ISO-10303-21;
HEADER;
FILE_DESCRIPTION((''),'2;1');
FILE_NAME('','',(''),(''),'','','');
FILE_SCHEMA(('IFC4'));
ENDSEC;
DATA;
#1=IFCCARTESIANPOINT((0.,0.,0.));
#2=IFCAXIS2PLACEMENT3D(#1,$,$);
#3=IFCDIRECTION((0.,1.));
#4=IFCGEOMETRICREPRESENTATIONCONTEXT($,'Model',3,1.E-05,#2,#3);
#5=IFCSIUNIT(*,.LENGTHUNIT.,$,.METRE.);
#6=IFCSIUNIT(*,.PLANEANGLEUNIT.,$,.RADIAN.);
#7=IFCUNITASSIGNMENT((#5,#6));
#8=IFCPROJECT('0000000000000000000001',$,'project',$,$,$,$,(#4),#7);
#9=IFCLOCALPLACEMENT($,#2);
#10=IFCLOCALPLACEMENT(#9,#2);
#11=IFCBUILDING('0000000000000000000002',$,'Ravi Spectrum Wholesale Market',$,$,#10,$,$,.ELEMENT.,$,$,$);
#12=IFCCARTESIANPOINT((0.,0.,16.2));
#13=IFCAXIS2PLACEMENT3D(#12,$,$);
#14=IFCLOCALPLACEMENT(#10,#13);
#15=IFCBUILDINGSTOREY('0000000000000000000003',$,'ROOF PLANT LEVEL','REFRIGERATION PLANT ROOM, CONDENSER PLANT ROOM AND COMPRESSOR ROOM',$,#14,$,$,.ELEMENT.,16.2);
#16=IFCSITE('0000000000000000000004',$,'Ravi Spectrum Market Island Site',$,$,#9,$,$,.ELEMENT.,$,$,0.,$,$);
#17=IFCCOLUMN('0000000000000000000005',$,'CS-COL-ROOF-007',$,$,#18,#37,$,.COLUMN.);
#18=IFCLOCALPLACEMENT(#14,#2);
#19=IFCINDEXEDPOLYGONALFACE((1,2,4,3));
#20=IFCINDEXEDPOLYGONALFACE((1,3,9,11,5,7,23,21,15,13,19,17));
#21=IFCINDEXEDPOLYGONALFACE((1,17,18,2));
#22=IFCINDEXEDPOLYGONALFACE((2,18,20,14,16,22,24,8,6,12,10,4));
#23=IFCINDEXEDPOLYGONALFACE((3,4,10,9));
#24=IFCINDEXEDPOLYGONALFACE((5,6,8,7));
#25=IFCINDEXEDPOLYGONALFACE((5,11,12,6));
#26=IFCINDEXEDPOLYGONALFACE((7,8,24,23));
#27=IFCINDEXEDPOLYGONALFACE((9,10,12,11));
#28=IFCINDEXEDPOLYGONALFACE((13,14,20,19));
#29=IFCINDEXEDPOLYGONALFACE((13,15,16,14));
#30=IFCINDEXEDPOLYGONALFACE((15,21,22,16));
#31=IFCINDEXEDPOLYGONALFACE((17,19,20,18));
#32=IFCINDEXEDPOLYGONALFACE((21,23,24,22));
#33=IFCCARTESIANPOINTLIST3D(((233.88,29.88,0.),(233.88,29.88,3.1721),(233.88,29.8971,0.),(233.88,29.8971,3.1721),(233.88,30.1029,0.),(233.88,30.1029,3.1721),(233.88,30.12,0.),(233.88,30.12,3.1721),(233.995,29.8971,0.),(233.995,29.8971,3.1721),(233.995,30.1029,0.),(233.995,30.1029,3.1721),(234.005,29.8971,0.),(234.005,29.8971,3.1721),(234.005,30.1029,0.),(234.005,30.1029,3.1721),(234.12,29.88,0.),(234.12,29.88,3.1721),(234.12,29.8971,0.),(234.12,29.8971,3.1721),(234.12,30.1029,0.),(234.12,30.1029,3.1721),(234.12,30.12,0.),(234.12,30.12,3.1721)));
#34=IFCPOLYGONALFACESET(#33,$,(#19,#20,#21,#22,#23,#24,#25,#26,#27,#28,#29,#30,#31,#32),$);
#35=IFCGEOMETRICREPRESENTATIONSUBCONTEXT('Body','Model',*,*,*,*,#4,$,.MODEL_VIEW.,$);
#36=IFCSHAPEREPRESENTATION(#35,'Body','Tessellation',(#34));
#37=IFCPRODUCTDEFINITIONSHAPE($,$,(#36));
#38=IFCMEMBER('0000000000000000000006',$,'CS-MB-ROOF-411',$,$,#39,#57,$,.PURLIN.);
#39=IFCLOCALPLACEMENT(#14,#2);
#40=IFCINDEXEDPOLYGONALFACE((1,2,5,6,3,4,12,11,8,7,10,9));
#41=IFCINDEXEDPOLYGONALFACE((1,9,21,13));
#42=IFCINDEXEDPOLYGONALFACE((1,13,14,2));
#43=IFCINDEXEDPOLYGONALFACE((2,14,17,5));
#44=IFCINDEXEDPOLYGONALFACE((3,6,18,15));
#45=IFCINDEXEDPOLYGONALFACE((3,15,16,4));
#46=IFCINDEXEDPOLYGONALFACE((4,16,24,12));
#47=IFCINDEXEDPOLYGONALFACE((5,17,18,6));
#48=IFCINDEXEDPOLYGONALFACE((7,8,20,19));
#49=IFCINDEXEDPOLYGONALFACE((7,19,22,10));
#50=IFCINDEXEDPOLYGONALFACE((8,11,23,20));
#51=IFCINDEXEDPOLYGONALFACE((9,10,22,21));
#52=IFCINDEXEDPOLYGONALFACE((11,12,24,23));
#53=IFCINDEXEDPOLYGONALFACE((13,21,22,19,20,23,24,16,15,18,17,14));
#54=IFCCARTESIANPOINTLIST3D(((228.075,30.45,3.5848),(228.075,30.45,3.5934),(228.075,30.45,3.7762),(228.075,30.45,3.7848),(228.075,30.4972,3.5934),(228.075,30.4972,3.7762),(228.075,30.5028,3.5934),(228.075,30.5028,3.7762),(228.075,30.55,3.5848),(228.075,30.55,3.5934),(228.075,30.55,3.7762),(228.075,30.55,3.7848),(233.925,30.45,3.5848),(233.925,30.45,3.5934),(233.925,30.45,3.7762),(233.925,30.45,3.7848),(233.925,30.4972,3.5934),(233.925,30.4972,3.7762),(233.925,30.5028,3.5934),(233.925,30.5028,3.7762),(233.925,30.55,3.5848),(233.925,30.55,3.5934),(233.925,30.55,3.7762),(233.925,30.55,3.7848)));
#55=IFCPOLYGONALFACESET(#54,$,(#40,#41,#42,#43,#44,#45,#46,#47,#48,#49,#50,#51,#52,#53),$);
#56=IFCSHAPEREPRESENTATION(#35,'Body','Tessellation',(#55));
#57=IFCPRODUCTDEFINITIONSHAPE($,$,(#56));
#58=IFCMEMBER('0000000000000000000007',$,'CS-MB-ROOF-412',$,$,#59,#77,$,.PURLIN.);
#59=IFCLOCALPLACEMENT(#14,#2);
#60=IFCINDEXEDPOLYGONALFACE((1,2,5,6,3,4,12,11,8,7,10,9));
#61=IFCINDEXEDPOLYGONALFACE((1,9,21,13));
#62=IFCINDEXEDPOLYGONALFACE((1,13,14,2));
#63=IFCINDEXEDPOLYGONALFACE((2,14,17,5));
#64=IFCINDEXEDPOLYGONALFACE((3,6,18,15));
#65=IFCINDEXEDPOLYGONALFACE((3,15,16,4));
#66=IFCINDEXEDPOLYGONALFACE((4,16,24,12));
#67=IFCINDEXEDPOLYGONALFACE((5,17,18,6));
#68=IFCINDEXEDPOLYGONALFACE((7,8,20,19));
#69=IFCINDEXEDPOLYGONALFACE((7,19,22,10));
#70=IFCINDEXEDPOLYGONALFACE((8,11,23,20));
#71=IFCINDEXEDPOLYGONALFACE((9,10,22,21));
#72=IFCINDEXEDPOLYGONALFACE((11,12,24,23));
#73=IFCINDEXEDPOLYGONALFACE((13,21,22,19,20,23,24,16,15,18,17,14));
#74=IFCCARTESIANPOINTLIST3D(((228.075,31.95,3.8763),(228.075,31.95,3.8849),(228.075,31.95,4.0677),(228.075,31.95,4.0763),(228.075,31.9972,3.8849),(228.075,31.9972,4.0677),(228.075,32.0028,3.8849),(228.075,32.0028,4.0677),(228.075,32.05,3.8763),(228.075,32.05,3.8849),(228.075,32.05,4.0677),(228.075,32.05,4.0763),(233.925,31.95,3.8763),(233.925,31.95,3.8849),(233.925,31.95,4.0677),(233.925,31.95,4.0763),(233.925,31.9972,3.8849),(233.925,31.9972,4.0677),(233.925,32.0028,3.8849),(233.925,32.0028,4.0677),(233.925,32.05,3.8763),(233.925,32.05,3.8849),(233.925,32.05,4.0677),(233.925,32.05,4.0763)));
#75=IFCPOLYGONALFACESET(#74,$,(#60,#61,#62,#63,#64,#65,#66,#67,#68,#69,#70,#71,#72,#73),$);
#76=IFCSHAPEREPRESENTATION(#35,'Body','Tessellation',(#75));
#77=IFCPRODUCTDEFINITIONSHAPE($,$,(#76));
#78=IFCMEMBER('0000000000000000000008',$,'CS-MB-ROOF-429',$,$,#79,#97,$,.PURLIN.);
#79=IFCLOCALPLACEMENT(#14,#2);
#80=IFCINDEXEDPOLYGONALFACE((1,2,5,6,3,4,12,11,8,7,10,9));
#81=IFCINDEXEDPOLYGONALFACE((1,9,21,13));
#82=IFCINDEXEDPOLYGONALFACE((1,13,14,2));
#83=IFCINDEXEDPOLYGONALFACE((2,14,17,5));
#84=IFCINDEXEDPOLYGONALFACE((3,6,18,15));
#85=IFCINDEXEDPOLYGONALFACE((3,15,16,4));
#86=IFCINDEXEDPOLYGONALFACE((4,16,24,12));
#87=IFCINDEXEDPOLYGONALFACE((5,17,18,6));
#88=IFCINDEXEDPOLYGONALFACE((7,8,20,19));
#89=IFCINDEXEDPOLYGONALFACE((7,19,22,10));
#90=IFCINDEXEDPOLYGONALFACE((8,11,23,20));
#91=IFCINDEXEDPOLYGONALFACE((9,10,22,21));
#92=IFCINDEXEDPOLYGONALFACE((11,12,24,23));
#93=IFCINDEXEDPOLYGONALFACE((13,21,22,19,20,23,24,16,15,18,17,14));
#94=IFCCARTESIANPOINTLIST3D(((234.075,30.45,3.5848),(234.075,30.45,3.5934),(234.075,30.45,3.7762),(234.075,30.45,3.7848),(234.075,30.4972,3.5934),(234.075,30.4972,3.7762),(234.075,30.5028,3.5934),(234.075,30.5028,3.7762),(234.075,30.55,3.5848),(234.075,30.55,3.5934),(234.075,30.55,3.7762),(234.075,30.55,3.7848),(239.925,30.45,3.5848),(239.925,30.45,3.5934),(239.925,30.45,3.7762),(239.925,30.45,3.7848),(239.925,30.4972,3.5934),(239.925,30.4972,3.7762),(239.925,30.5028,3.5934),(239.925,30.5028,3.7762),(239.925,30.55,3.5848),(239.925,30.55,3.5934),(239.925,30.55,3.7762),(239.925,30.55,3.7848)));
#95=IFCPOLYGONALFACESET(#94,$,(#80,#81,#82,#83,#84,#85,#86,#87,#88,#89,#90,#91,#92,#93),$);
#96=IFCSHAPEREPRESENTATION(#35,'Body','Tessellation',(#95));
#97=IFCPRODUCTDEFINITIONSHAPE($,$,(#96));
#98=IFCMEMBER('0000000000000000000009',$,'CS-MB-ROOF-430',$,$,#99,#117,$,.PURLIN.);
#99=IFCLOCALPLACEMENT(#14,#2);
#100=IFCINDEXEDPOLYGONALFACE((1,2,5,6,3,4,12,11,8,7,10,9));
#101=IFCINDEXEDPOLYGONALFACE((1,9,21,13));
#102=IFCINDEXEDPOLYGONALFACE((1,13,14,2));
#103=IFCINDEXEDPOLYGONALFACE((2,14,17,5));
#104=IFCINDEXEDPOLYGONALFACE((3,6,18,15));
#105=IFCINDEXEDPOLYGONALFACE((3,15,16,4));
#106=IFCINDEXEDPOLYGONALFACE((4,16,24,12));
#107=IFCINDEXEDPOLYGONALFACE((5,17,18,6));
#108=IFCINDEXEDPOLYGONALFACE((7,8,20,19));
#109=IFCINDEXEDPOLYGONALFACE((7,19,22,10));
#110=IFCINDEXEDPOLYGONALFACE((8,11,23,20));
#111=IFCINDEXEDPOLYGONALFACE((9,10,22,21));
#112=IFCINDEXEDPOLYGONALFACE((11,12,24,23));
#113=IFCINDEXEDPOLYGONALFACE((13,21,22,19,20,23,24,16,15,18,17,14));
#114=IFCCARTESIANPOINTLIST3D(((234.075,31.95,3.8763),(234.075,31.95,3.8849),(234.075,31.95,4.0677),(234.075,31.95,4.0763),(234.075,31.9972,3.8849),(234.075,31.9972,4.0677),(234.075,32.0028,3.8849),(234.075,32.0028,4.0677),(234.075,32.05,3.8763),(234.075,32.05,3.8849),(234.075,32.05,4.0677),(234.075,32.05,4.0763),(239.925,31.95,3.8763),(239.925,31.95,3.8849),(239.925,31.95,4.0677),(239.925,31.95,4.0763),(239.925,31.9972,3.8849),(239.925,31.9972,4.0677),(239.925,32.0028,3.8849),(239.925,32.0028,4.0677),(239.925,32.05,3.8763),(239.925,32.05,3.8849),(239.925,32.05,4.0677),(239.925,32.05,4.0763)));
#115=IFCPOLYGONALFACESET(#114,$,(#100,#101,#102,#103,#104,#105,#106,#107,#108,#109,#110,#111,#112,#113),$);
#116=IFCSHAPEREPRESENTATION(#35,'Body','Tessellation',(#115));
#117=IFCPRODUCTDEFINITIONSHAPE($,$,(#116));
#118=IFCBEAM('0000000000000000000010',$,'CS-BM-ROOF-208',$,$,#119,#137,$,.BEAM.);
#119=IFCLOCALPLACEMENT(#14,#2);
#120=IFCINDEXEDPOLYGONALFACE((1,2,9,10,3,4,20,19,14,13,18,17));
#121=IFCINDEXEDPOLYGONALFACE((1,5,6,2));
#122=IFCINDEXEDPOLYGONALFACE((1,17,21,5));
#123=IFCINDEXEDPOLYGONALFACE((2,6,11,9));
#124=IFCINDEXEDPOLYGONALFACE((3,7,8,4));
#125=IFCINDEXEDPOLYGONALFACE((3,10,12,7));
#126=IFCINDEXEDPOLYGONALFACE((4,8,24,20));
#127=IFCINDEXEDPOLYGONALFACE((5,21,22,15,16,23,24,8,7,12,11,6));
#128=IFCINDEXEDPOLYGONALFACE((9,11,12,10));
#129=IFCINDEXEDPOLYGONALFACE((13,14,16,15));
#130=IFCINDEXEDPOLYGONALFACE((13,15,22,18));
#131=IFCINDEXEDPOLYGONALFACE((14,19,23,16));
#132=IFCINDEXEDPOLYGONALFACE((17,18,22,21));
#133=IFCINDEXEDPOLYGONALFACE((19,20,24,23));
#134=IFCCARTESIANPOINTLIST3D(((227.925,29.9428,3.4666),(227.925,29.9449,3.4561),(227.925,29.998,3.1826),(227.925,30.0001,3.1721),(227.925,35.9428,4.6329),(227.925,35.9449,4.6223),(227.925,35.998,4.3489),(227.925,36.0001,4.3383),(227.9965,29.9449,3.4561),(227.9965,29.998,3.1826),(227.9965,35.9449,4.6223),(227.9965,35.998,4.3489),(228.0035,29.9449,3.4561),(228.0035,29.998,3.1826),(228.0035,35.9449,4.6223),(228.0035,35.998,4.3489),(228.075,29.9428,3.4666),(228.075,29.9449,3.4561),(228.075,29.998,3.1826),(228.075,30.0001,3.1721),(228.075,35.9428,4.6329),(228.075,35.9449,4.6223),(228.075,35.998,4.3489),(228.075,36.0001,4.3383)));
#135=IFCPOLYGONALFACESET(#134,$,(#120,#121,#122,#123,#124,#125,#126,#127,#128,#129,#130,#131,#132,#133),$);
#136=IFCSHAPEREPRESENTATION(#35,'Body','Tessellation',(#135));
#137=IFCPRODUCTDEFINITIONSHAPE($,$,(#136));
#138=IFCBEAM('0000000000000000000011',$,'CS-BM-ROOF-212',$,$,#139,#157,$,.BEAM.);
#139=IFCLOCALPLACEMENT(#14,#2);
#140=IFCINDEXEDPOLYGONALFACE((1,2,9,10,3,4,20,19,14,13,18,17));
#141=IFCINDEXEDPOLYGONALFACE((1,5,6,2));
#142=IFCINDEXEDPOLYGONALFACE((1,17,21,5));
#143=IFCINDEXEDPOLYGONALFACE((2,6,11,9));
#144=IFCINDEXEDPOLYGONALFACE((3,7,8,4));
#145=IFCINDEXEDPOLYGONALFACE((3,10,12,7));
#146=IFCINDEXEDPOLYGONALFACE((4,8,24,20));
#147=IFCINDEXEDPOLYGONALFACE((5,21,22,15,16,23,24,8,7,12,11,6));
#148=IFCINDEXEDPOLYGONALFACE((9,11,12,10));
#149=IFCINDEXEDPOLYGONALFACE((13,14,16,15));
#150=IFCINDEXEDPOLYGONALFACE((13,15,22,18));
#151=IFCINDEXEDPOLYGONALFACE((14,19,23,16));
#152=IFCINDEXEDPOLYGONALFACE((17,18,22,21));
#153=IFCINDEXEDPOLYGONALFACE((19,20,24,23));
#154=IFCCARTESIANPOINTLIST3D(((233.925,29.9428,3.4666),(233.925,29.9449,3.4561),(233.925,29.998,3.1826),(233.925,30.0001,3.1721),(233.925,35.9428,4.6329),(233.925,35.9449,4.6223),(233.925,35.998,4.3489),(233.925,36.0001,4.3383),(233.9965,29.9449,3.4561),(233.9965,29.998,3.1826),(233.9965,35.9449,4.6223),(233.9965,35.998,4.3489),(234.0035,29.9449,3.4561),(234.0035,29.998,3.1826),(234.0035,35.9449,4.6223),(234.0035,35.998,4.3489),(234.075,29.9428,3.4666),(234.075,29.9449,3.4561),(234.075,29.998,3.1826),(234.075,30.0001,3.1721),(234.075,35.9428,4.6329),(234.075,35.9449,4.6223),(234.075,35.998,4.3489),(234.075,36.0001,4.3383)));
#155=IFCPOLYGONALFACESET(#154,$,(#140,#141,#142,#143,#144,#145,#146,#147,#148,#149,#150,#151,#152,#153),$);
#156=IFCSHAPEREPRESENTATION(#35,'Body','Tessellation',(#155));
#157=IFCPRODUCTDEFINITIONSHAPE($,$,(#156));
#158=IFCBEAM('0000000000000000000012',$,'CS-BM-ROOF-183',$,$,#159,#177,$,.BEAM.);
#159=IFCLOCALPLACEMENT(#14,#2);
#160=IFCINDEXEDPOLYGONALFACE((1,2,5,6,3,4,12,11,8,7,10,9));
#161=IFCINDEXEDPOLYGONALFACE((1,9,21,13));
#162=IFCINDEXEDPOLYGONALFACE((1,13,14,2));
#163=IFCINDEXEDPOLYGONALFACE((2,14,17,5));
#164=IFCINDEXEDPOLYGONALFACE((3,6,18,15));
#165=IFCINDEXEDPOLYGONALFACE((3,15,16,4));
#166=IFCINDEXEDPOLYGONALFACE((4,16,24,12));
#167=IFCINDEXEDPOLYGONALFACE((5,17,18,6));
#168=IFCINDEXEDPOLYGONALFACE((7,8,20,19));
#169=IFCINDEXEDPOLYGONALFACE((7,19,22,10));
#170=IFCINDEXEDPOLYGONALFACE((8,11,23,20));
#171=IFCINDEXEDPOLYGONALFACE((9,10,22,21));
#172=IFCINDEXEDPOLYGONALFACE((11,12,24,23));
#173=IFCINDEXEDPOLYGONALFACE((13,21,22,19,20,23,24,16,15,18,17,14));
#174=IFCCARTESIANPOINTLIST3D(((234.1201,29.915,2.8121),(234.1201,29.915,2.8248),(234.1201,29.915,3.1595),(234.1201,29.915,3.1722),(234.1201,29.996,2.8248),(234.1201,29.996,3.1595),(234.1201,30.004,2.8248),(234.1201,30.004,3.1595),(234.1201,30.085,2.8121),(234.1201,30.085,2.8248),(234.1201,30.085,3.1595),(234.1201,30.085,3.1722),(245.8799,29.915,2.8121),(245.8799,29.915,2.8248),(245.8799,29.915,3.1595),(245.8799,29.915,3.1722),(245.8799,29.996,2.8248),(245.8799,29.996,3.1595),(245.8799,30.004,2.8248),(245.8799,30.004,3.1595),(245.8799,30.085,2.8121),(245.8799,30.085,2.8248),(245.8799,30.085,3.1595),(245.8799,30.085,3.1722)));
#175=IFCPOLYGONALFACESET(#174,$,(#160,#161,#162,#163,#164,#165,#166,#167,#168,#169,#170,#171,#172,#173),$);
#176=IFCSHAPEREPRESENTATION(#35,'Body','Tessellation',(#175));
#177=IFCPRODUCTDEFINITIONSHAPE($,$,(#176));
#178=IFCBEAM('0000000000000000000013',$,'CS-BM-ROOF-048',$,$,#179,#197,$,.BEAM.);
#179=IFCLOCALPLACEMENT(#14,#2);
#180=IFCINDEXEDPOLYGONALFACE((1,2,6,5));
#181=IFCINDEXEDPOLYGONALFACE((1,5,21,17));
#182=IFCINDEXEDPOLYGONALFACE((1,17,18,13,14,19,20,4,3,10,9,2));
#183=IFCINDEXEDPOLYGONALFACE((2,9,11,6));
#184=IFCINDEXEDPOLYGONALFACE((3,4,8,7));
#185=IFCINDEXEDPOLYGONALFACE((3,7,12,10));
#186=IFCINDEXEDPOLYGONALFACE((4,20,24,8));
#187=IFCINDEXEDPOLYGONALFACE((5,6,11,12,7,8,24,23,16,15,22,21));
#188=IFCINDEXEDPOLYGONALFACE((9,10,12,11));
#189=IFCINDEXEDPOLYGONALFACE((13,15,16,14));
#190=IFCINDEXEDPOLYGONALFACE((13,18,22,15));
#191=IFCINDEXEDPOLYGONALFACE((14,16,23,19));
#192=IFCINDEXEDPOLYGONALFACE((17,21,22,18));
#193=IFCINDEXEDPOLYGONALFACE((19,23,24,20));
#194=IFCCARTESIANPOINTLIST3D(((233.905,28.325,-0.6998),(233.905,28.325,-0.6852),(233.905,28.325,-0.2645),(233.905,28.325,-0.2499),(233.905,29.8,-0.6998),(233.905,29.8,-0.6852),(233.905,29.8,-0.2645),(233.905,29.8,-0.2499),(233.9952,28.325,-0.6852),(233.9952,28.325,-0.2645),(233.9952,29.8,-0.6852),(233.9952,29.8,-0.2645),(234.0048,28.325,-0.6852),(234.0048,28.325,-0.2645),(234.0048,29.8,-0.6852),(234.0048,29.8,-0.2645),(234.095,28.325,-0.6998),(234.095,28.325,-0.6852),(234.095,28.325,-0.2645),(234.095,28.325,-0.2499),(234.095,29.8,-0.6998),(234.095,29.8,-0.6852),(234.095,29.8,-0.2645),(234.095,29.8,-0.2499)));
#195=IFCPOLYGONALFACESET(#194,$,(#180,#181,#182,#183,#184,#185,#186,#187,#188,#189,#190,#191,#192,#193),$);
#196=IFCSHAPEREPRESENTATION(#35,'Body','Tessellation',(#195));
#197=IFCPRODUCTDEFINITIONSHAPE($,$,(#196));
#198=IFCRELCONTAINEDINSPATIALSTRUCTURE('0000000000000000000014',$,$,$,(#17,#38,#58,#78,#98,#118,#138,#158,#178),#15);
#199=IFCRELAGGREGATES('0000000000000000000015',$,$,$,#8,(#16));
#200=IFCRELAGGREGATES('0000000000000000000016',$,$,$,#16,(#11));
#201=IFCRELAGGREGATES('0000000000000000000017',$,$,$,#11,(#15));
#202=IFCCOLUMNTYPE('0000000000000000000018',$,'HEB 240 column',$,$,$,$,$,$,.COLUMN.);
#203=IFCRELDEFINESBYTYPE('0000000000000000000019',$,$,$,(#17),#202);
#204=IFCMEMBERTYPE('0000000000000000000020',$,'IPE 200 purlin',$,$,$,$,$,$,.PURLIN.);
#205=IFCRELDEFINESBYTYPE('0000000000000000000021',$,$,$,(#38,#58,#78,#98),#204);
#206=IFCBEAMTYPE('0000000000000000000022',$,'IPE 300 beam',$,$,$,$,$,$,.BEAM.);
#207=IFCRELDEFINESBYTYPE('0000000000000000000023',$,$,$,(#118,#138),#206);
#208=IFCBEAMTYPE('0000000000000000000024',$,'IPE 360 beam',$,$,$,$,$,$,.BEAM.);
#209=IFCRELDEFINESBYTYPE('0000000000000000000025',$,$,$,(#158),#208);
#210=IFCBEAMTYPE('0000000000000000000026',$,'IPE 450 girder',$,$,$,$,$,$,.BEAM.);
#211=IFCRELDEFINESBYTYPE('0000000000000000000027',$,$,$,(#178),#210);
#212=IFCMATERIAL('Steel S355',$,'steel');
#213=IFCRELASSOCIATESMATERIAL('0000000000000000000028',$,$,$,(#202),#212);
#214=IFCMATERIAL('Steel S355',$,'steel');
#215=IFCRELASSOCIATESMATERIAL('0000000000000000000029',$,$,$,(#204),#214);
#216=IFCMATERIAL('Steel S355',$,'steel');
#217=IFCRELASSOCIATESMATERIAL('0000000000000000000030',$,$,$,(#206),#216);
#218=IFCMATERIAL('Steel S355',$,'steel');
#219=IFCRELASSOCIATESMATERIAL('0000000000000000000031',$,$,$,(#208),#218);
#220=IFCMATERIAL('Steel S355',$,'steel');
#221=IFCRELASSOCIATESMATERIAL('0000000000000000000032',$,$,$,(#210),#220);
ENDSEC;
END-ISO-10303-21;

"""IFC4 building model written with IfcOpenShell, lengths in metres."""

from ifc_helpers import new_model, si_unit, direction, frame, origin, origin_2d, place, context, subcontext, project, spatial, i_section, extrude, material, material_profile, profile_set, type_object, element, save


model = new_model("IFC4")

# Units and contexts
model_context = context("Model", 3, precision=1e-05, world=origin(), true_north=direction((0.0, 1.0)))
body_context = subcontext(model_context, "Body", "Model", "MODEL_VIEW")
ifc_project = project(units=[si_unit("LENGTHUNIT", "METRE"), si_unit("PLANEANGLEUNIT", "RADIAN")], contexts=[model_context])

# Site, building, storey
site_placement = place(None, origin())
site = spatial("IfcSite", under=ifc_project, at=site_placement, Name="Ravi Spectrum Market Island Site", CompositionType="ELEMENT", RefElevation=0.0)
building_placement = place(site_placement, origin())
building = spatial("IfcBuilding", under=site, at=building_placement, Name="Ravi Spectrum Wholesale Market", CompositionType="ELEMENT")
storey_placement = place(building_placement, frame((0.0, 0.0, 16.2)))
storey = spatial("IfcBuildingStorey", under=building, at=storey_placement, Name="ROOF PLANT LEVEL", Description="REFRIGERATION PLANT ROOM, CONDENSER PLANT ROOM AND COMPRESSOR ROOM", CompositionType="ELEMENT", Elevation=16.2)

# Column
ifc_material_1 = material(Name="Steel S355", Category="steel")
ifc_material_profile_1 = material_profile(ifc_material_1, i_section(OverallWidth=0.24, OverallDepth=0.24, WebThickness=0.01, FlangeThickness=0.0171, at=origin_2d()))
ifc_profile_set_1 = profile_set([ifc_material_profile_1], Name="Steel S355")
column_type = type_object("IfcColumnType", Name="HEB 240 column", PredefinedType="COLUMN", material=ifc_profile_set_1)
column_placement = place(storey_placement, frame((234.0, 30.0, 0.0), z_axis=(0.0, 0.0, 1.0), x_axis=(1.0, 0.0, 0.0)))
element("IfcColumn", 1, at=column_placement, inside=storey, type_object=column_type, Name="CS-COL-ROOF-007", PredefinedType="COLUMN", context=body_context, shape_type="SweptSolid", body=[
    extrude(i_section(OverallWidth=0.24, OverallDepth=0.24, WebThickness=0.01, FlangeThickness=0.0171, at=origin_2d()), origin(), (0.0, 0.0, 1.0), 3.1721),
])

# Members
ifc_material_2 = material(Name="Steel S355", Category="steel")
ifc_material_profile_2 = material_profile(ifc_material_2, i_section(OverallWidth=0.1001, OverallDepth=0.2, WebThickness=0.0056, FlangeThickness=0.0085, at=origin_2d()))
ifc_profile_set_2 = profile_set([ifc_material_profile_2], Name="Steel S355")
member_type = type_object("IfcMemberType", Name="IPE 200 purlin", PredefinedType="PURLIN", material=ifc_profile_set_2)
for number, where, z_axis, x_axis, name in (
    (2, (228.075, 30.5, 3.6848), (1.0, 0.0, 0.0), (0.0, 1.0, 0.0), "CS-MB-ROOF-411"),
    (3, (228.075, 32.0, 3.9763), (1.0, 0.0, 0.0), (0.0, 1.0, 0.0), "CS-MB-ROOF-412"),
    (4, (234.075, 30.5, 3.6848), (1.0, 0.0, 0.0), (0.0, 1.0, 0.0), "CS-MB-ROOF-429"),
    (5, (234.075, 32.0, 3.9763), (1.0, 0.0, 0.0), (0.0, 1.0, 0.0), "CS-MB-ROOF-430"),
):
    element("IfcMember", number, at=place(storey_placement, frame(where, z_axis=z_axis, x_axis=x_axis)), inside=storey, type_object=member_type, Name=name, PredefinedType="PURLIN", context=body_context, shape_type="SweptSolid", body=[
        extrude(i_section(OverallWidth=0.1001, OverallDepth=0.2, WebThickness=0.0056, FlangeThickness=0.0085, at=origin_2d()), origin(), (0.0, 0.0, 1.0), 5.8501),
    ])

# Beams
ifc_material_3 = material(Name="Steel S355", Category="steel")
ifc_material_profile_3 = material_profile(ifc_material_3, i_section(OverallWidth=0.1499, OverallDepth=0.3, WebThickness=0.0071, FlangeThickness=0.0107, at=origin_2d()))
ifc_profile_set_3 = profile_set([ifc_material_profile_3], Name="Steel S355")
beam_type_1 = type_object("IfcBeamType", Name="IPE 300 beam", PredefinedType="BEAM", material=ifc_profile_set_3)
for number, where, z_axis, x_axis, name in (
    (6, (228.0, 29.9714, 3.3193), (0.0, 0.981628, 0.190806), (-1.0, 0.0, 0.0), "CS-BM-ROOF-208"),
    (7, (234.0, 29.9714, 3.3193), (0.0, 0.981628, 0.190806), (-1.0, 0.0, 0.0), "CS-BM-ROOF-212"),
):
    element("IfcBeam", number, at=place(storey_placement, frame(where, z_axis=z_axis, x_axis=x_axis)), inside=storey, type_object=beam_type_1, Name=name, PredefinedType="BEAM", context=body_context, shape_type="SweptSolid", body=[
        extrude(i_section(OverallWidth=0.1499, OverallDepth=0.3, WebThickness=0.0071, FlangeThickness=0.0107, at=origin_2d()), origin(), (0.0, 0.0, 1.0), 6.1123),
    ])
ifc_material_4 = material(Name="Steel S355", Category="steel")
ifc_material_profile_4 = material_profile(ifc_material_4, i_section(OverallWidth=0.1699, OverallDepth=0.3601, WebThickness=0.0081, FlangeThickness=0.0127, at=origin_2d()))
ifc_profile_set_4 = profile_set([ifc_material_profile_4], Name="Steel S355")
beam_type_2 = type_object("IfcBeamType", Name="IPE 360 beam", PredefinedType="BEAM", material=ifc_profile_set_4)
beam_1_placement = place(storey_placement, frame((234.1201, 30.0, 2.9922), z_axis=(1.0, 0.0, 0.0), x_axis=(0.0, 1.0, 0.0)))
element("IfcBeam", 8, at=beam_1_placement, inside=storey, type_object=beam_type_2, Name="CS-BM-ROOF-183", PredefinedType="BEAM", context=body_context, shape_type="SweptSolid", body=[
    extrude(i_section(OverallWidth=0.1699, OverallDepth=0.3601, WebThickness=0.0081, FlangeThickness=0.0127, at=origin_2d()), origin(), (0.0, 0.0, 1.0), 11.7598),
])
ifc_material_5 = material(Name="Steel S355", Category="steel")
ifc_material_profile_5 = material_profile(ifc_material_5, i_section(OverallWidth=0.1899, OverallDepth=0.45, WebThickness=0.0095, FlangeThickness=0.0146, at=origin_2d()))
ifc_profile_set_5 = profile_set([ifc_material_profile_5], Name="Steel S355")
beam_type_3 = type_object("IfcBeamType", Name="IPE 450 girder", PredefinedType="BEAM", material=ifc_profile_set_5)
beam_2_placement = place(storey_placement, frame((234.0, 28.325, -0.4749), z_axis=(0.0, 1.0, 0.0), x_axis=(-1.0, 0.0, 0.0)))
element("IfcBeam", 9, at=beam_2_placement, inside=storey, type_object=beam_type_3, Name="CS-BM-ROOF-048", PredefinedType="BEAM", context=body_context, shape_type="SweptSolid", body=[
    extrude(i_section(OverallWidth=0.1899, OverallDepth=0.45, WebThickness=0.0095, FlangeThickness=0.0146, at=origin_2d()), origin(), (0.0, 0.0, 1.0), 1.4751),
])

save(model, "model.ifc")
